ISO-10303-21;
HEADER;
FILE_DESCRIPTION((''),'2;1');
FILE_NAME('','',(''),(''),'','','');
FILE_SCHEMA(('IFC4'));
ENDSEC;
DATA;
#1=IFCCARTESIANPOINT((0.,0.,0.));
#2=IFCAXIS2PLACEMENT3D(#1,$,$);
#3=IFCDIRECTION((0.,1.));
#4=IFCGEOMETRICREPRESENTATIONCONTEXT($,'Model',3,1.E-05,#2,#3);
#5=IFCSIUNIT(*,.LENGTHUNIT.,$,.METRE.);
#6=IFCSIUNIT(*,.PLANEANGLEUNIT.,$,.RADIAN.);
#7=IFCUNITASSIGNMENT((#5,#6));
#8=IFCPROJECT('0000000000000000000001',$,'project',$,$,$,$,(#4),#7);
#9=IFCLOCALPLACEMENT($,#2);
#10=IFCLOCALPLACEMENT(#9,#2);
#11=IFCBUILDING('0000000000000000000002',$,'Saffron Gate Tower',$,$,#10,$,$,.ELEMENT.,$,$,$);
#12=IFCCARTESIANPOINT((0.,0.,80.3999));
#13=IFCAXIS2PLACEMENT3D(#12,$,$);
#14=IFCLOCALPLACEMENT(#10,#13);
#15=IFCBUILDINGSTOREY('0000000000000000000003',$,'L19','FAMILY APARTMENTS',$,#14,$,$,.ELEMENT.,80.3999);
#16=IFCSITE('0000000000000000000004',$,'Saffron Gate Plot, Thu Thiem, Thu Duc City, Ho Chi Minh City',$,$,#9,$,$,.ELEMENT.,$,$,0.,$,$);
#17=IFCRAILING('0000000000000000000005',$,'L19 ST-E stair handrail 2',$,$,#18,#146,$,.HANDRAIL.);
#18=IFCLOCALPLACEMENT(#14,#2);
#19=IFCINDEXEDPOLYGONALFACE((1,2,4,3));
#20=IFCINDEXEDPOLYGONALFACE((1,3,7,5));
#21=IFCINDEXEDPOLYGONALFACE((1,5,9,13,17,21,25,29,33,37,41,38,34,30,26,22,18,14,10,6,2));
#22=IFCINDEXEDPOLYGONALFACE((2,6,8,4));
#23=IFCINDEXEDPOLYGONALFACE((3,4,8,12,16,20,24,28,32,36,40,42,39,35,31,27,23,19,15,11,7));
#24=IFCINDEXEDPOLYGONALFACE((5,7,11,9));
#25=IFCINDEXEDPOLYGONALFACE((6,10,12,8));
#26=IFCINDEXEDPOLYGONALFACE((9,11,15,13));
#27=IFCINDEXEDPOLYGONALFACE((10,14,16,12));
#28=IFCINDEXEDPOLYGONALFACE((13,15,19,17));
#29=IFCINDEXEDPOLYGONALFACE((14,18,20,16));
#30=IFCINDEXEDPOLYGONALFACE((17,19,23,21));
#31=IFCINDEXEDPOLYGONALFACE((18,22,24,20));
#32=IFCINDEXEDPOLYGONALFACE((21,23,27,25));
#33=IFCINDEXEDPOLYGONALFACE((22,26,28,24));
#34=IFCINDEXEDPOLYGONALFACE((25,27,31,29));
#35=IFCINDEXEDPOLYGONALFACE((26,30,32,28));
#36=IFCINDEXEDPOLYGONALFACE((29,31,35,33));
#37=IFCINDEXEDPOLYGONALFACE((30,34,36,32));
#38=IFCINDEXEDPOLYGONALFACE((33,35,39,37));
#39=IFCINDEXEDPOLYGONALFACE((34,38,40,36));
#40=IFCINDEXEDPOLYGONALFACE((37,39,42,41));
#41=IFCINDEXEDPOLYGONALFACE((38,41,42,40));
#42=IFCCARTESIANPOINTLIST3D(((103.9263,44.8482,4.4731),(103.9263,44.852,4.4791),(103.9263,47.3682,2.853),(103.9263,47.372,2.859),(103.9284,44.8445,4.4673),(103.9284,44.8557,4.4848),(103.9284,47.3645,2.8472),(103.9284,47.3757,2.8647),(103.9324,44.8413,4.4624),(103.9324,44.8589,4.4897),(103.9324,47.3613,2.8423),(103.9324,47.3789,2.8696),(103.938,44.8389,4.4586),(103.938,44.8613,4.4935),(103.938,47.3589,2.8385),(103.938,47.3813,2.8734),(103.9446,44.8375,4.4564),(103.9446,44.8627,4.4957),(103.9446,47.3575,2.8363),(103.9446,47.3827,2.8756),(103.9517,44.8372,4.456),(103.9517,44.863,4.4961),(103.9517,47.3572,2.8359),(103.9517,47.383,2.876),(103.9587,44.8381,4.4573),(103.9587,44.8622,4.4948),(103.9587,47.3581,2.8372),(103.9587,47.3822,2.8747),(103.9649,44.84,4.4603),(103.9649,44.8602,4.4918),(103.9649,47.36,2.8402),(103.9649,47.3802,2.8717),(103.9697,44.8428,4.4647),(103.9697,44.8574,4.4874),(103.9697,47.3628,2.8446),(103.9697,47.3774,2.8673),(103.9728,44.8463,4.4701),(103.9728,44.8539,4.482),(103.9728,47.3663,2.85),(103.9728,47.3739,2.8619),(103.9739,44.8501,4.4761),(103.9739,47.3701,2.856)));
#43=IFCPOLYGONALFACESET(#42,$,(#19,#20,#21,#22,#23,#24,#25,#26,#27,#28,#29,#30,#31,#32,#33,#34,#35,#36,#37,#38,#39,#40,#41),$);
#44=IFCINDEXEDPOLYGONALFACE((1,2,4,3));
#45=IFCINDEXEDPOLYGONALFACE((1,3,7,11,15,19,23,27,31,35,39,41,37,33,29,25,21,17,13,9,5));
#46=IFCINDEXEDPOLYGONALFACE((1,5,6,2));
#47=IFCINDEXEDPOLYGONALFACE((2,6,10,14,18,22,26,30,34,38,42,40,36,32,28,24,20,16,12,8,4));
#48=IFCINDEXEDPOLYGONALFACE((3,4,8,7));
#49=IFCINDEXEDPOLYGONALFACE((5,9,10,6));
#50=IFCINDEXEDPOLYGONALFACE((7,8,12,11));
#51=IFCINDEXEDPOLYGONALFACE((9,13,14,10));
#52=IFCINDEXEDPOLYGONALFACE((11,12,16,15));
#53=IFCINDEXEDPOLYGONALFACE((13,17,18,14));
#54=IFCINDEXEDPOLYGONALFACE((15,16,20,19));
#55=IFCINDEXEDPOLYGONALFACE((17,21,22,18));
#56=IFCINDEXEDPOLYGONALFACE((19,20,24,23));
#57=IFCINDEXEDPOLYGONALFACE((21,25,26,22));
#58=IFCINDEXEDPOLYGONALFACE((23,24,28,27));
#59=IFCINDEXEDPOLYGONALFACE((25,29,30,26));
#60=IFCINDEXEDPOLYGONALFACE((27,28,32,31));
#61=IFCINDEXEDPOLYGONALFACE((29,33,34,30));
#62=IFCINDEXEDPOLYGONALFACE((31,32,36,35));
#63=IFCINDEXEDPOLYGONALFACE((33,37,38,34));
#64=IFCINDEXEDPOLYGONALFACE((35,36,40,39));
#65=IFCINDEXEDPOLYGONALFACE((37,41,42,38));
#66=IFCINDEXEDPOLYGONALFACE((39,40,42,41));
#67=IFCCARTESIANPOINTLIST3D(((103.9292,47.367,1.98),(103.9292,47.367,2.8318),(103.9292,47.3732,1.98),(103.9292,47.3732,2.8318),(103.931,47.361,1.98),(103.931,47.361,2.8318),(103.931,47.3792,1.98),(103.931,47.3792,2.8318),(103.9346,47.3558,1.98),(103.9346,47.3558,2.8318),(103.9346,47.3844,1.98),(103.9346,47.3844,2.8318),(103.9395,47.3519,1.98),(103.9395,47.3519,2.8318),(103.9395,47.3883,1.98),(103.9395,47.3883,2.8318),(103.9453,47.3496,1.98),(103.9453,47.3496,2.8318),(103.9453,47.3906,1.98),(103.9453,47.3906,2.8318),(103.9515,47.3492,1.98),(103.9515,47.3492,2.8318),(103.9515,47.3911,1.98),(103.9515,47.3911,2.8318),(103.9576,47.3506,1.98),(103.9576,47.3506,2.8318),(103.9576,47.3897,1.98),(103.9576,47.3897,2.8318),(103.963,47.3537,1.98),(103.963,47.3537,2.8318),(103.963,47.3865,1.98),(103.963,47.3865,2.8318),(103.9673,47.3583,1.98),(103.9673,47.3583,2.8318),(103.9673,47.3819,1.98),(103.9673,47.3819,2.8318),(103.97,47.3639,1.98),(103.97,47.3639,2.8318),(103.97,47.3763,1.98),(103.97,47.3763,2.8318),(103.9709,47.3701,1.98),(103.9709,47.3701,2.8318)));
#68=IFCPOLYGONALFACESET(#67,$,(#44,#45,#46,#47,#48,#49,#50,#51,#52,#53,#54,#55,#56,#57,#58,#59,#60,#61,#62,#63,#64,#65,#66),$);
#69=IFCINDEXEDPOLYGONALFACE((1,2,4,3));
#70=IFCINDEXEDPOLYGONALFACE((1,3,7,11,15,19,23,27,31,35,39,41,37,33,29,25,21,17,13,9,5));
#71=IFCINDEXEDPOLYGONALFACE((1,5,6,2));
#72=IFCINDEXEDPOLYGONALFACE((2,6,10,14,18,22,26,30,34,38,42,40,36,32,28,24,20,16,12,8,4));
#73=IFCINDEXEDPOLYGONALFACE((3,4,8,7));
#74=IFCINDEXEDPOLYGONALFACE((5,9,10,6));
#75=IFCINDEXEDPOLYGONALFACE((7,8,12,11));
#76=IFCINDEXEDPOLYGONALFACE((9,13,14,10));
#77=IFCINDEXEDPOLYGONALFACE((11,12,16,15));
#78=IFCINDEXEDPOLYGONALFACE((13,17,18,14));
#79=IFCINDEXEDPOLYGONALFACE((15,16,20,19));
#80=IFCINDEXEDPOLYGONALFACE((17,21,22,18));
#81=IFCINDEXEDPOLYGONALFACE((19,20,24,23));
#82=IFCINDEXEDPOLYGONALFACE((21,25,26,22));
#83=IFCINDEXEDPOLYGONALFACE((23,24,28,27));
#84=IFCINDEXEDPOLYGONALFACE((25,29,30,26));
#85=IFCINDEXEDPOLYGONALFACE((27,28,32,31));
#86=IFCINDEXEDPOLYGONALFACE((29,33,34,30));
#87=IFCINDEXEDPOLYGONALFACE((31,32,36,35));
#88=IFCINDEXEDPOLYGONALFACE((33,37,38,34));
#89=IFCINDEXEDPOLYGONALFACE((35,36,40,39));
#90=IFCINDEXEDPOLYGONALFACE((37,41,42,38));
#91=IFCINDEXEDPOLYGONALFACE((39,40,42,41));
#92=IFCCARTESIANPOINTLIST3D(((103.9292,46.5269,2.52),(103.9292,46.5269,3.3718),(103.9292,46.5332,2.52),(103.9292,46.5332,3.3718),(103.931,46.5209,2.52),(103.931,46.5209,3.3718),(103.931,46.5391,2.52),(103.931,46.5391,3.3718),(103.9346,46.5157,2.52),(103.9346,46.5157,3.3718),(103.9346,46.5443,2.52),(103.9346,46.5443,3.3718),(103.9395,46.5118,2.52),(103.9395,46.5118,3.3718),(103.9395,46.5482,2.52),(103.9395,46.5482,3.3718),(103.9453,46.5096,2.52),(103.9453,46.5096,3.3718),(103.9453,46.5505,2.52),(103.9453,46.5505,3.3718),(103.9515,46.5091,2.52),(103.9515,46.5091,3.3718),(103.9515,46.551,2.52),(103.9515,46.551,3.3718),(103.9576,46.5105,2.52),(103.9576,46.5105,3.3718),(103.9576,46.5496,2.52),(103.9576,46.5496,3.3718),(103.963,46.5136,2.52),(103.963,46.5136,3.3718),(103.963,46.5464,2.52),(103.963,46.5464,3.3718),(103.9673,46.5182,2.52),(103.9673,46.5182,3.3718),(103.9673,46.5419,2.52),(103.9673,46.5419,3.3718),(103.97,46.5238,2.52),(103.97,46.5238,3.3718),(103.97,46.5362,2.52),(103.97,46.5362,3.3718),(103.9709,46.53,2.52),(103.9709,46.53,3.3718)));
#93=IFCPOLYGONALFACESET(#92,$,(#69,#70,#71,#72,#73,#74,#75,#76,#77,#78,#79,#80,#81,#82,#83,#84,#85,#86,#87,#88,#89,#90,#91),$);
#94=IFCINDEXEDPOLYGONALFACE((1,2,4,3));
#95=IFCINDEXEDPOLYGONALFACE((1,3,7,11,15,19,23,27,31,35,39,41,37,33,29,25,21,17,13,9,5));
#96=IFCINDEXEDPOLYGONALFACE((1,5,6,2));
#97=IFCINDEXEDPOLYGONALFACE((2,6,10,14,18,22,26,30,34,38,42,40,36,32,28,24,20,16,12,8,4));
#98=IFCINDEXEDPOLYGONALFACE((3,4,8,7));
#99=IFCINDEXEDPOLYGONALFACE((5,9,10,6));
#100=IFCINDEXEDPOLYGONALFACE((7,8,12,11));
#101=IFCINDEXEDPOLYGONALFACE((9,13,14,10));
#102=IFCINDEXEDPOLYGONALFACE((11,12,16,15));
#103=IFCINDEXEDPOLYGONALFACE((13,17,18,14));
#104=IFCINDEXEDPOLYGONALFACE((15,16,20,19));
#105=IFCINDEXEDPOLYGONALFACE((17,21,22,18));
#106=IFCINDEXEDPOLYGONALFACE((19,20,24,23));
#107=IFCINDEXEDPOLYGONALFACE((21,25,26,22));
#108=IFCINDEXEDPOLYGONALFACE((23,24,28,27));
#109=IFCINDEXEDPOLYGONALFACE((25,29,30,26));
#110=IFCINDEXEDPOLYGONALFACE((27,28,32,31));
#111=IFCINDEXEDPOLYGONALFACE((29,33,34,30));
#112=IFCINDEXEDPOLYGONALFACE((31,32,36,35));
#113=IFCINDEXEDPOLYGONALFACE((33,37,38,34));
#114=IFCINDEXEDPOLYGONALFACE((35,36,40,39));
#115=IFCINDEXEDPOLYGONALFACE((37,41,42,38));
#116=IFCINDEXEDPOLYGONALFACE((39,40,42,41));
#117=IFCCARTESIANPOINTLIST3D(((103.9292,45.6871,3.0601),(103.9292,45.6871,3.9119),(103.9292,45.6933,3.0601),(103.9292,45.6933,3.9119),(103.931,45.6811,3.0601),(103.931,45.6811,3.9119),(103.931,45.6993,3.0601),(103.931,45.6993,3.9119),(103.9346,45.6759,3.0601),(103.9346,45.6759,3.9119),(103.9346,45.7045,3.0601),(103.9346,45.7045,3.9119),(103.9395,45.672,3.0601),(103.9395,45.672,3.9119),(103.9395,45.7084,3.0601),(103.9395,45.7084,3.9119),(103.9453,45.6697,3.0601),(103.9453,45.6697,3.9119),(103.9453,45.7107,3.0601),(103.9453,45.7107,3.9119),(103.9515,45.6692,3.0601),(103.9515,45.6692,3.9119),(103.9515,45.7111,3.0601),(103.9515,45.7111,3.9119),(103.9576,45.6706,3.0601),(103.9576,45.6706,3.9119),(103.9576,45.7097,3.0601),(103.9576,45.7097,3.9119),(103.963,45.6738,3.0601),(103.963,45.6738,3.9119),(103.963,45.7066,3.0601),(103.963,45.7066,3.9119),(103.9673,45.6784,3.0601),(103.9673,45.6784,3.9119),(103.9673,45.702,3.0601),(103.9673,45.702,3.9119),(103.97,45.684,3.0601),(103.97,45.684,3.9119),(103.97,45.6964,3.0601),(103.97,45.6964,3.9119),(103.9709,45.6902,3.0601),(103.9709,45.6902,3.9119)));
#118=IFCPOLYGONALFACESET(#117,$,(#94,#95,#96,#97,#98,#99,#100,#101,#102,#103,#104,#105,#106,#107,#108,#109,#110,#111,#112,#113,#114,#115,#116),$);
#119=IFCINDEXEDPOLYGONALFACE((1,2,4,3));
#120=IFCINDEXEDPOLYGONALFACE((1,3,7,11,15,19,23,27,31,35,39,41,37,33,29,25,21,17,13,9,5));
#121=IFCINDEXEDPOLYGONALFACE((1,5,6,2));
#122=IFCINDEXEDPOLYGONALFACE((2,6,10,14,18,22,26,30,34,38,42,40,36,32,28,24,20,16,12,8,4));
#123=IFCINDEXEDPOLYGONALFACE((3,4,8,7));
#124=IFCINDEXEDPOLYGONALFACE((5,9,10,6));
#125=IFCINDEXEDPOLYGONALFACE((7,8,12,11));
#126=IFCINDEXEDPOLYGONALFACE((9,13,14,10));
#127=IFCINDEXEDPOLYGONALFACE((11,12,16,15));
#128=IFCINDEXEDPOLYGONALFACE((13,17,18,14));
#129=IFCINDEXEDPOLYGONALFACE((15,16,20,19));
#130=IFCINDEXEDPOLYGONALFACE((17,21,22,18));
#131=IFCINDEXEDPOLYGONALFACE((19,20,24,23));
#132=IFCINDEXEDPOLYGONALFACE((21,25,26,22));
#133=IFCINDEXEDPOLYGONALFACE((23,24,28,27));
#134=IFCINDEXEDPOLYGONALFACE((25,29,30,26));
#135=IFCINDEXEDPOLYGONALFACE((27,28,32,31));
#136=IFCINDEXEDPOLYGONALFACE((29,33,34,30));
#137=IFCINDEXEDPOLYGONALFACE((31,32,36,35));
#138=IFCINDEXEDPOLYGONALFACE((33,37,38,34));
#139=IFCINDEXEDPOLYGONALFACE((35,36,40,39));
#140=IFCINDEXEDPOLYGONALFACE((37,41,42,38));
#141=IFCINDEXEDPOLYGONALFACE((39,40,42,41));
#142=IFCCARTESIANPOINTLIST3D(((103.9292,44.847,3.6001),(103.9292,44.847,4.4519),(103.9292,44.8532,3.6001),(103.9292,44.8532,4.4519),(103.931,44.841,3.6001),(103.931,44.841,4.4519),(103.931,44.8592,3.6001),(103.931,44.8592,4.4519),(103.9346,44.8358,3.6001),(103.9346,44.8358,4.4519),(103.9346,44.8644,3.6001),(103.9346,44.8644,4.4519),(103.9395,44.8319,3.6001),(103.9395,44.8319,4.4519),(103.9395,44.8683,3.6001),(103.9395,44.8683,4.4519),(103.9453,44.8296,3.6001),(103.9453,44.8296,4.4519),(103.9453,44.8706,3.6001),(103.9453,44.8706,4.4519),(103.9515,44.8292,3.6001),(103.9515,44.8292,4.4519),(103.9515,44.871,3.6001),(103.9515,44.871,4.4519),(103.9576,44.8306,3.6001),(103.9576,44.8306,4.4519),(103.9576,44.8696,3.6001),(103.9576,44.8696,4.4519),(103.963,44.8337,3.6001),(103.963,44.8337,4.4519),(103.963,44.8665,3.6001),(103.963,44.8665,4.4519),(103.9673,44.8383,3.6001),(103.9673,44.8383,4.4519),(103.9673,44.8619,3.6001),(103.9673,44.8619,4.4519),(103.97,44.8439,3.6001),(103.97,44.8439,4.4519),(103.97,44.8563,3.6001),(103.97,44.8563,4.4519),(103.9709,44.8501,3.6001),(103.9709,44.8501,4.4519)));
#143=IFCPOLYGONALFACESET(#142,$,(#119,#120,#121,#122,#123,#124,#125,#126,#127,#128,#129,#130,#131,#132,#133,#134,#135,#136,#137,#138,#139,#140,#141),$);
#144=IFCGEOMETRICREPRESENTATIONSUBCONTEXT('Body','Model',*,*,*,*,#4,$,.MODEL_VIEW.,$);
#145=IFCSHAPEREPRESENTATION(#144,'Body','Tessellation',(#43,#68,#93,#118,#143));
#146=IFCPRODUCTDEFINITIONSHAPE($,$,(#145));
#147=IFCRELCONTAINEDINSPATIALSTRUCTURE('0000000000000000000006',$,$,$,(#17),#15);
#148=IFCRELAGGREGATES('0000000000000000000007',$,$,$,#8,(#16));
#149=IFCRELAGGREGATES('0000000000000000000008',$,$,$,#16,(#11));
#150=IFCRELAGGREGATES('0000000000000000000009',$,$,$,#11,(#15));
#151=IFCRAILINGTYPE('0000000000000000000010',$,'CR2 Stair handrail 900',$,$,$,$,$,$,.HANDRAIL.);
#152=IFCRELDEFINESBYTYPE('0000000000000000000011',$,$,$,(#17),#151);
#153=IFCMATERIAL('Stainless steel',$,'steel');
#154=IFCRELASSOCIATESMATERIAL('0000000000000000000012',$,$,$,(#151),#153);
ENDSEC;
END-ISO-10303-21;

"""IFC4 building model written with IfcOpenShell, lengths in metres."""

from ifc_helpers import new_model, si_unit, direction, frame, origin, origin_2d, place, context, subcontext, project, spatial, circle, extrude, material, type_object, element, save


model = new_model("IFC4")

# Units and contexts
model_context = context("Model", 3, precision=1e-05, world=origin(), true_north=direction((0.0, 1.0)))
body_context = subcontext(model_context, "Body", "Model", "MODEL_VIEW")
ifc_project = project(units=[si_unit("LENGTHUNIT", "METRE"), si_unit("PLANEANGLEUNIT", "RADIAN")], contexts=[model_context])

# Site, building, storey
site_placement = place(None, origin())
site = spatial("IfcSite", under=ifc_project, at=site_placement, Name="Saffron Gate Plot, Thu Thiem, Thu Duc City, Ho Chi Minh City", CompositionType="ELEMENT", RefElevation=0.0)
building_placement = place(site_placement, origin())
building = spatial("IfcBuilding", under=site, at=building_placement, Name="Saffron Gate Tower", CompositionType="ELEMENT")
storey_placement = place(building_placement, frame((0.0, 0.0, 80.3999)))
storey = spatial("IfcBuildingStorey", under=building, at=storey_placement, Name="L19", Description="FAMILY APARTMENTS", CompositionType="ELEMENT", Elevation=80.3999)

# Railing
ifc_material_1 = material(Name="Stainless steel", Category="steel")
railing_type_1 = type_object("IfcRailingType", Name="CR2 Stair handrail 900", PredefinedType="HANDRAIL", material=ifc_material_1)
railing_1_placement = place(storey_placement, frame((103.95, 47.3701, 1.98)))
element("IfcRailing", 1, at=railing_1_placement, inside=storey, type_object=railing_type_1, Name="L19 ST-E stair handrail 2", PredefinedType="HANDRAIL", context=body_context, shape_type="SweptSolid", body=[
    extrude(circle(Radius=0.0239, at=origin_2d()), frame((0.0, 0.0, 0.876), z_axis=(0.0, -0.841163, 0.540782), x_axis=(1.0, 0.0, 0.0)), (0.0, 0.0, 1.0), 2.9958),
    extrude(circle(Radius=0.021, at=origin_2d()), origin(), (0.0, 0.0, 1.0), 0.8518),
    extrude(circle(Radius=0.021, at=origin_2d()), frame((0.0, -0.8401, 0.54)), (0.0, 0.0, 1.0), 0.8518),
    extrude(circle(Radius=0.021, at=origin_2d()), frame((0.0, -1.6799, 1.0801)), (0.0, 0.0, 1.0), 0.8518),
    extrude(circle(Radius=0.021, at=origin_2d()), frame((0.0, -2.52, 1.6201)), (0.0, 0.0, 1.0), 0.8518),
])

save(model, "model.ifc")
